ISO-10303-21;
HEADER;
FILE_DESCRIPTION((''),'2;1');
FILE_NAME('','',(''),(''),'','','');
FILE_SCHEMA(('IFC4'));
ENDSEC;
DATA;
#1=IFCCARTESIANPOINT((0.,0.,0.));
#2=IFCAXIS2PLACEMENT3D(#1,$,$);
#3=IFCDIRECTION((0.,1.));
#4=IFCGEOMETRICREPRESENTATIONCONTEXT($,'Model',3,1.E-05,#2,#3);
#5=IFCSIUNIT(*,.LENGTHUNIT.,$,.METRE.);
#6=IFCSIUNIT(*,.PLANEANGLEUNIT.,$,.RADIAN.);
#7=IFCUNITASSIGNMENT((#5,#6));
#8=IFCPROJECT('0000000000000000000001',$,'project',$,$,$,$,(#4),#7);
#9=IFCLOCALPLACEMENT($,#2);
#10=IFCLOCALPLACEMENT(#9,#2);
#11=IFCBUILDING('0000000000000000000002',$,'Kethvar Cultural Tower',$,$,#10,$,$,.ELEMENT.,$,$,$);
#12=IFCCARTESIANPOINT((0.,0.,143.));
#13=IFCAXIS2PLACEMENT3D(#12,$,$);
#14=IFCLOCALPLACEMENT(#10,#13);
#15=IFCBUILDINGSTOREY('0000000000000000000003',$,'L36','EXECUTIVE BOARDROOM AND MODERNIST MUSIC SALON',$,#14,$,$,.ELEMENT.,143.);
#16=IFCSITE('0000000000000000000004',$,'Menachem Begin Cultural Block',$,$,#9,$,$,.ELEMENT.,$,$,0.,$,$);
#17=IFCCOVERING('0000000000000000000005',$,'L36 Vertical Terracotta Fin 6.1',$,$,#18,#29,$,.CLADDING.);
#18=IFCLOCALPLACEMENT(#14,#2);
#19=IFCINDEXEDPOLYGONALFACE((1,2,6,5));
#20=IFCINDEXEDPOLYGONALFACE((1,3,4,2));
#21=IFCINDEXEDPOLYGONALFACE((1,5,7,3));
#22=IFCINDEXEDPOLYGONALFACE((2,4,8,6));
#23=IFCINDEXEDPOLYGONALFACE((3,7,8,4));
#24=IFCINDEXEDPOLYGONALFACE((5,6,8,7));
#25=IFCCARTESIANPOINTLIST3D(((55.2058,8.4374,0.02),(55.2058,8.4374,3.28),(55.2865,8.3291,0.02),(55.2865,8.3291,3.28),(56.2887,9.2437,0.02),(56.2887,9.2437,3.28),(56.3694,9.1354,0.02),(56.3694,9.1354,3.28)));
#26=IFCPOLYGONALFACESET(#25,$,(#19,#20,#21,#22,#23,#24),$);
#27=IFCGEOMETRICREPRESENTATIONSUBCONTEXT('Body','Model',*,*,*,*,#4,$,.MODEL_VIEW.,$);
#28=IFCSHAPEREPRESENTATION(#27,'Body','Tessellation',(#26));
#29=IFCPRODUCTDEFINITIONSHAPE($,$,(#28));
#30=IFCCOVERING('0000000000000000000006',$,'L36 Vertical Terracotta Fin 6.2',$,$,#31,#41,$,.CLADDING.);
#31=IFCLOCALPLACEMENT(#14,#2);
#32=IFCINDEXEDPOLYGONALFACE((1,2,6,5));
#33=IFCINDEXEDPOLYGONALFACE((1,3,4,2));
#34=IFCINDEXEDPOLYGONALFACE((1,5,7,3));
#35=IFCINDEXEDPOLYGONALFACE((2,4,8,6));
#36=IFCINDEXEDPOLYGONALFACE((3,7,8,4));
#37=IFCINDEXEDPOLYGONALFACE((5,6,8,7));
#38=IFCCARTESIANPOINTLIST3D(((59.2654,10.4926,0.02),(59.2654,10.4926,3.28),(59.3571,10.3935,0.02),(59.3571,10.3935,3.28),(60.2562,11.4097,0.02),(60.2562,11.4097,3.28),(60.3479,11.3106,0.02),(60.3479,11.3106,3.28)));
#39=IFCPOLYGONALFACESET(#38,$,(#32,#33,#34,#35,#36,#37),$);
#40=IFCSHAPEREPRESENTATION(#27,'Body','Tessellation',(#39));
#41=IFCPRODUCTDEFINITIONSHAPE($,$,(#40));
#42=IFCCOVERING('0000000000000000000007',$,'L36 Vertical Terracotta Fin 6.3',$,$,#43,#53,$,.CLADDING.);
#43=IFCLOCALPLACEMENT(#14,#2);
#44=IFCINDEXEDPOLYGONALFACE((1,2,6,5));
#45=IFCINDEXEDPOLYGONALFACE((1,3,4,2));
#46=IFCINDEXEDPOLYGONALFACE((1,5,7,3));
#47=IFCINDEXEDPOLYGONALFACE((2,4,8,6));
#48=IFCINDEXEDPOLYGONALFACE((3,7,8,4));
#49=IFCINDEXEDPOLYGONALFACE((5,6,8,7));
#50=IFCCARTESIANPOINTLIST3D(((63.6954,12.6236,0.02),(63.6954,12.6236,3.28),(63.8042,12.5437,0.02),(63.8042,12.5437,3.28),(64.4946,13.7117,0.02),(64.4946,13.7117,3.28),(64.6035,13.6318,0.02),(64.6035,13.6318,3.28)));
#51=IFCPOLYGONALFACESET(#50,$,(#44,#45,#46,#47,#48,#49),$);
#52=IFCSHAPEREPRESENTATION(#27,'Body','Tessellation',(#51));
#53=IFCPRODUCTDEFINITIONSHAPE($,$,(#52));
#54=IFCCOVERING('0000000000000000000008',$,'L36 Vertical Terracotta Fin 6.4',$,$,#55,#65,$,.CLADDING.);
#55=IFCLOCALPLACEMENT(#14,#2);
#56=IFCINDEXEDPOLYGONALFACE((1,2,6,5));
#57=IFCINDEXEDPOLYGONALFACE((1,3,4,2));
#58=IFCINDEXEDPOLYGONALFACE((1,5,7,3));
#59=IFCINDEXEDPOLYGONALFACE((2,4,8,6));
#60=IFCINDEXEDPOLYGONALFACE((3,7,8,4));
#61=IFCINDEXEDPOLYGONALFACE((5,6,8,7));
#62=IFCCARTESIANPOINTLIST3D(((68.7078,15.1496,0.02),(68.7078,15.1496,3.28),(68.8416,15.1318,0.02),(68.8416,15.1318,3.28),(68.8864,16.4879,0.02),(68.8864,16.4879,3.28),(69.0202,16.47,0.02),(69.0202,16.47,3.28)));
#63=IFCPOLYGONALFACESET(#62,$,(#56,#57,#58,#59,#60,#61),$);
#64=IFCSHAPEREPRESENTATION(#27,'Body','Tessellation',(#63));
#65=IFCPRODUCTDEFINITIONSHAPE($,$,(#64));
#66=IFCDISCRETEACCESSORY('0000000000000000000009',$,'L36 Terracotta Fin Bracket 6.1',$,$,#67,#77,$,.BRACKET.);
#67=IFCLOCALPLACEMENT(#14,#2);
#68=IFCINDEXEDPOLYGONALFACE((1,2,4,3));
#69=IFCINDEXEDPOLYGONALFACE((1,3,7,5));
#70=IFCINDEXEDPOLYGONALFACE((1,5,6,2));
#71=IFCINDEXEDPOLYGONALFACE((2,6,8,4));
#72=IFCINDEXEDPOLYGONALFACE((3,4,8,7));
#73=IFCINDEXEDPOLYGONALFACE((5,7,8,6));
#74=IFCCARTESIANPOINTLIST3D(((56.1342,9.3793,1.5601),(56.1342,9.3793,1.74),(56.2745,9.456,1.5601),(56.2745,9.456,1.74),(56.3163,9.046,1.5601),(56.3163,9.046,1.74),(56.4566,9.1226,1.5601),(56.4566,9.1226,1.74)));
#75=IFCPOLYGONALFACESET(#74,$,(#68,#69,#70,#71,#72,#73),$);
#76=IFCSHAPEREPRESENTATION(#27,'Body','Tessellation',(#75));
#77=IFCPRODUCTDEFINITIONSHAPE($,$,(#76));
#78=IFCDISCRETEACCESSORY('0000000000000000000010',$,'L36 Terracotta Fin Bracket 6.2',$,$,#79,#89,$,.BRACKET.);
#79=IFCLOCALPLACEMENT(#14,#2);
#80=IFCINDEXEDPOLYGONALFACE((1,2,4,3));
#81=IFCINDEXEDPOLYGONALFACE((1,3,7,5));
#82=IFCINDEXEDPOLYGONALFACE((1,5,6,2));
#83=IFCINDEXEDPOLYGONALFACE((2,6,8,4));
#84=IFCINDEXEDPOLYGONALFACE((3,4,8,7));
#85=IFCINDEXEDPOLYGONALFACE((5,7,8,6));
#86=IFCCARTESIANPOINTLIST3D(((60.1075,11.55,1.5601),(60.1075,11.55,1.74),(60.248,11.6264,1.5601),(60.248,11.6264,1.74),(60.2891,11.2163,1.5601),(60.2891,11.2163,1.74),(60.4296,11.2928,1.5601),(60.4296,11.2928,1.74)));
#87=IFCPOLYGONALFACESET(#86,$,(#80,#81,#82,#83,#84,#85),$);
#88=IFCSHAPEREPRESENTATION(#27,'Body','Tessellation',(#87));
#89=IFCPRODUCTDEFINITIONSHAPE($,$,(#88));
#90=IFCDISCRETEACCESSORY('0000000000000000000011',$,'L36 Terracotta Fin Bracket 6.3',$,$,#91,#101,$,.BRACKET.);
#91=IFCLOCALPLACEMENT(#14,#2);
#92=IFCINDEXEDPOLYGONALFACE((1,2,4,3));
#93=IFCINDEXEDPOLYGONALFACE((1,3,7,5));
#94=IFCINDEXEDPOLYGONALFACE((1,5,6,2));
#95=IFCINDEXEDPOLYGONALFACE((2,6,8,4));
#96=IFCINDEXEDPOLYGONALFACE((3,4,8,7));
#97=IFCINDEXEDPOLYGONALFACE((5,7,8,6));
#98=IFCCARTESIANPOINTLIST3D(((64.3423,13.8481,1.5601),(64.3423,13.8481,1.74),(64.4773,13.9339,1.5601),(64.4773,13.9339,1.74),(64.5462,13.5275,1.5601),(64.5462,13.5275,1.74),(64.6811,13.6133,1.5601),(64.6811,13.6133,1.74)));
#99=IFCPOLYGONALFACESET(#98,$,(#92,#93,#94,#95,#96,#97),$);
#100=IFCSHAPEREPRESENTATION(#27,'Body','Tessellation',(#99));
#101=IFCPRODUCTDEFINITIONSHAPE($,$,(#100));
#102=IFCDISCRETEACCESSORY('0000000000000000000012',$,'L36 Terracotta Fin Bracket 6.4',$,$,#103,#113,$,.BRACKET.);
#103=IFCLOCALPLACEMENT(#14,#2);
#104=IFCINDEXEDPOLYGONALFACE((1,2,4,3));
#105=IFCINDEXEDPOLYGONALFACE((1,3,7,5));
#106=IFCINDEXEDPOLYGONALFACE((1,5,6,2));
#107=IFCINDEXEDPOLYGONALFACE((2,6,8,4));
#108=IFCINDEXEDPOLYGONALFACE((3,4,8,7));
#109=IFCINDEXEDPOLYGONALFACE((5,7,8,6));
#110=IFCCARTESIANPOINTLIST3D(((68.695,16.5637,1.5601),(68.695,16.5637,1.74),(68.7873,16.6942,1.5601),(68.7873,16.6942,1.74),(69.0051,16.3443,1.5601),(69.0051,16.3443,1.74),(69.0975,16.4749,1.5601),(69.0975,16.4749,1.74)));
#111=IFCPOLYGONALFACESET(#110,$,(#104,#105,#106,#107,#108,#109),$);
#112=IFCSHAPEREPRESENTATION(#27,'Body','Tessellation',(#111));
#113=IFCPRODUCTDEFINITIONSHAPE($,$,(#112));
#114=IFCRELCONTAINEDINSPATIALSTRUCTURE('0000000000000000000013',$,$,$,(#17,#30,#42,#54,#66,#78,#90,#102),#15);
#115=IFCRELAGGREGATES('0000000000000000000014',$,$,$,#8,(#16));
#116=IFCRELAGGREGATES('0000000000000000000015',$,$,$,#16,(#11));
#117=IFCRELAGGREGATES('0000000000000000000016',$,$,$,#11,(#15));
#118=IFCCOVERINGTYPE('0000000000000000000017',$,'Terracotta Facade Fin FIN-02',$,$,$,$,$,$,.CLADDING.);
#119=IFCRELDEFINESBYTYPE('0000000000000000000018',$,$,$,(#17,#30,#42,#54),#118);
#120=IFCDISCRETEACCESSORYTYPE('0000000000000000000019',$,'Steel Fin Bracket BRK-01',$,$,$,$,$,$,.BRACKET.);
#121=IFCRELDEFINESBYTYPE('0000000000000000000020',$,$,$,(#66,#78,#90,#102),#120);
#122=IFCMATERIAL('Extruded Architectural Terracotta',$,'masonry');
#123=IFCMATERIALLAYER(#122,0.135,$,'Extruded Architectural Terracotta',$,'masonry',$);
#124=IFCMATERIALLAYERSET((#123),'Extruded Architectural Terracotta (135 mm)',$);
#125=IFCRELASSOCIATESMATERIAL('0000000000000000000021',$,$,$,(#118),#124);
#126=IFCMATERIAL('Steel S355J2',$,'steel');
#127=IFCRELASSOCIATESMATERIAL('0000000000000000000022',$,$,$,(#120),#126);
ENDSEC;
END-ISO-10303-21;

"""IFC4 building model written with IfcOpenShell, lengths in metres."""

from ifc_helpers import new_model, si_unit, direction, frame, origin, origin_2d, place, context, subcontext, project, spatial, rectangle, extrude, source, transform, mapped, material, layer, layer_set, type_object, element, save


model = new_model("IFC4")

# Units and contexts
model_context = context("Model", 3, precision=1e-05, world=origin(), true_north=direction((0.0, 1.0)))
body_context = subcontext(model_context, "Body", "Model", "MODEL_VIEW")
ifc_project = project(units=[si_unit("LENGTHUNIT", "METRE"), si_unit("PLANEANGLEUNIT", "RADIAN")], contexts=[model_context])

# Site, building, storey
site_placement = place(None, origin())
site = spatial("IfcSite", under=ifc_project, at=site_placement, Name="Menachem Begin Cultural Block", CompositionType="ELEMENT", RefElevation=0.0)
building_placement = place(site_placement, origin())
building = spatial("IfcBuilding", under=site, at=building_placement, Name="Kethvar Cultural Tower", CompositionType="ELEMENT")
storey_placement = place(building_placement, frame((0.0, 0.0, 143.0)))
storey = spatial("IfcBuildingStorey", under=building, at=storey_placement, Name="L36", Description="EXECUTIVE BOARDROOM AND MODERNIST MUSIC SALON", CompositionType="ELEMENT", Elevation=143.0)

# Shared definitions
ifc_material_1 = material(Name="Steel S355J2", Category="steel")

# Coverings
ifc_material_2 = material(Name="Extruded Architectural Terracotta", Category="masonry")
ifc_layer_1 = layer(ifc_material_2, 0.135, Name="Extruded Architectural Terracotta", Category="masonry")
ifc_layer_set_1 = layer_set([ifc_layer_1], Name="Extruded Architectural Terracotta (135 mm)")
covering_type_1 = type_object("IfcCoveringType", Name="Terracotta Facade Fin FIN-02", PredefinedType="CLADDING", material=ifc_layer_set_1)
shared_shape_1 = source(origin(), body_context, "Body", "SweptSolid", [
    extrude(rectangle(XDim=1.3501, YDim=0.135, at=origin_2d()), origin(), (0.0, 0.0, 1.0), 3.26),
])
for number, where, z_axis, x_axis, name in (
    (1, (55.7876, 8.7864, 0.02), (0.0, 0.0, 1.0), (-0.802088, -0.597205, 0.0), "L36 Vertical Terracotta Fin 6.1"),
    (2, (59.8066, 10.9016, 0.02), (0.0, 0.0, 1.0), (-0.733848, -0.679313, 0.0), "L36 Vertical Terracotta Fin 6.2"),
    (3, (64.1494, 13.1277, 0.02), (0.0, 0.0, 1.0), (-0.592013, -0.805928, 0.0), "L36 Vertical Terracotta Fin 6.3"),
    (4, (68.864, 15.8098, 0.02), (0.0, 0.0, 1.0), (-0.132256, -0.991216, 0.0), "L36 Vertical Terracotta Fin 6.4"),
):
    element("IfcCovering", number, at=place(storey_placement, frame(where, z_axis=z_axis, x_axis=x_axis)), inside=storey, type_object=covering_type_1, Name=name, PredefinedType="CLADDING", context=body_context, shape_type="MappedRepresentation", body=[
        mapped(shared_shape_1, transform((0.0, 0.0, 0.0), scale=1.0)),
    ])

# Discrete accessories
discrete_accessory_type = type_object("IfcDiscreteAccessoryType", Name="Steel Fin Bracket BRK-01", PredefinedType="BRACKET", material=ifc_material_1)
shared_shape_2 = source(origin(), body_context, "Body", "SweptSolid", [
    extrude(rectangle(XDim=0.3799, YDim=0.1599, at=origin_2d()), origin(), (0.0, 0.0, 1.0), 0.1799),
])
for number, where, z_axis, x_axis, name in (
    (5, (56.2954, 9.251, 1.5601), (0.0, 0.0, 1.0), (0.479458, -0.877565, 0.0), "L36 Terracotta Fin Bracket 6.1"),
    (6, (60.2686, 11.4214, 1.5601), (0.0, 0.0, 1.0), (0.478079, -0.878317, 0.0), "L36 Terracotta Fin Bracket 6.2"),
    (7, (64.5117, 13.7307, 1.5601), (0.0, 0.0, 1.0), (0.536563, -0.84386, 0.0), "L36 Terracotta Fin Bracket 6.3"),
    (8, (68.8962, 16.5193, 1.5601), (0.0, 0.0, 1.0), (0.81644, -0.57743, 0.0), "L36 Terracotta Fin Bracket 6.4"),
):
    element("IfcDiscreteAccessory", number, at=place(storey_placement, frame(where, z_axis=z_axis, x_axis=x_axis)), inside=storey, type_object=discrete_accessory_type, Name=name, PredefinedType="BRACKET", context=body_context, shape_type="MappedRepresentation", body=[
        mapped(shared_shape_2, transform((0.0, 0.0, 0.0), scale=1.0)),
    ])

save(model, "model.ifc")
